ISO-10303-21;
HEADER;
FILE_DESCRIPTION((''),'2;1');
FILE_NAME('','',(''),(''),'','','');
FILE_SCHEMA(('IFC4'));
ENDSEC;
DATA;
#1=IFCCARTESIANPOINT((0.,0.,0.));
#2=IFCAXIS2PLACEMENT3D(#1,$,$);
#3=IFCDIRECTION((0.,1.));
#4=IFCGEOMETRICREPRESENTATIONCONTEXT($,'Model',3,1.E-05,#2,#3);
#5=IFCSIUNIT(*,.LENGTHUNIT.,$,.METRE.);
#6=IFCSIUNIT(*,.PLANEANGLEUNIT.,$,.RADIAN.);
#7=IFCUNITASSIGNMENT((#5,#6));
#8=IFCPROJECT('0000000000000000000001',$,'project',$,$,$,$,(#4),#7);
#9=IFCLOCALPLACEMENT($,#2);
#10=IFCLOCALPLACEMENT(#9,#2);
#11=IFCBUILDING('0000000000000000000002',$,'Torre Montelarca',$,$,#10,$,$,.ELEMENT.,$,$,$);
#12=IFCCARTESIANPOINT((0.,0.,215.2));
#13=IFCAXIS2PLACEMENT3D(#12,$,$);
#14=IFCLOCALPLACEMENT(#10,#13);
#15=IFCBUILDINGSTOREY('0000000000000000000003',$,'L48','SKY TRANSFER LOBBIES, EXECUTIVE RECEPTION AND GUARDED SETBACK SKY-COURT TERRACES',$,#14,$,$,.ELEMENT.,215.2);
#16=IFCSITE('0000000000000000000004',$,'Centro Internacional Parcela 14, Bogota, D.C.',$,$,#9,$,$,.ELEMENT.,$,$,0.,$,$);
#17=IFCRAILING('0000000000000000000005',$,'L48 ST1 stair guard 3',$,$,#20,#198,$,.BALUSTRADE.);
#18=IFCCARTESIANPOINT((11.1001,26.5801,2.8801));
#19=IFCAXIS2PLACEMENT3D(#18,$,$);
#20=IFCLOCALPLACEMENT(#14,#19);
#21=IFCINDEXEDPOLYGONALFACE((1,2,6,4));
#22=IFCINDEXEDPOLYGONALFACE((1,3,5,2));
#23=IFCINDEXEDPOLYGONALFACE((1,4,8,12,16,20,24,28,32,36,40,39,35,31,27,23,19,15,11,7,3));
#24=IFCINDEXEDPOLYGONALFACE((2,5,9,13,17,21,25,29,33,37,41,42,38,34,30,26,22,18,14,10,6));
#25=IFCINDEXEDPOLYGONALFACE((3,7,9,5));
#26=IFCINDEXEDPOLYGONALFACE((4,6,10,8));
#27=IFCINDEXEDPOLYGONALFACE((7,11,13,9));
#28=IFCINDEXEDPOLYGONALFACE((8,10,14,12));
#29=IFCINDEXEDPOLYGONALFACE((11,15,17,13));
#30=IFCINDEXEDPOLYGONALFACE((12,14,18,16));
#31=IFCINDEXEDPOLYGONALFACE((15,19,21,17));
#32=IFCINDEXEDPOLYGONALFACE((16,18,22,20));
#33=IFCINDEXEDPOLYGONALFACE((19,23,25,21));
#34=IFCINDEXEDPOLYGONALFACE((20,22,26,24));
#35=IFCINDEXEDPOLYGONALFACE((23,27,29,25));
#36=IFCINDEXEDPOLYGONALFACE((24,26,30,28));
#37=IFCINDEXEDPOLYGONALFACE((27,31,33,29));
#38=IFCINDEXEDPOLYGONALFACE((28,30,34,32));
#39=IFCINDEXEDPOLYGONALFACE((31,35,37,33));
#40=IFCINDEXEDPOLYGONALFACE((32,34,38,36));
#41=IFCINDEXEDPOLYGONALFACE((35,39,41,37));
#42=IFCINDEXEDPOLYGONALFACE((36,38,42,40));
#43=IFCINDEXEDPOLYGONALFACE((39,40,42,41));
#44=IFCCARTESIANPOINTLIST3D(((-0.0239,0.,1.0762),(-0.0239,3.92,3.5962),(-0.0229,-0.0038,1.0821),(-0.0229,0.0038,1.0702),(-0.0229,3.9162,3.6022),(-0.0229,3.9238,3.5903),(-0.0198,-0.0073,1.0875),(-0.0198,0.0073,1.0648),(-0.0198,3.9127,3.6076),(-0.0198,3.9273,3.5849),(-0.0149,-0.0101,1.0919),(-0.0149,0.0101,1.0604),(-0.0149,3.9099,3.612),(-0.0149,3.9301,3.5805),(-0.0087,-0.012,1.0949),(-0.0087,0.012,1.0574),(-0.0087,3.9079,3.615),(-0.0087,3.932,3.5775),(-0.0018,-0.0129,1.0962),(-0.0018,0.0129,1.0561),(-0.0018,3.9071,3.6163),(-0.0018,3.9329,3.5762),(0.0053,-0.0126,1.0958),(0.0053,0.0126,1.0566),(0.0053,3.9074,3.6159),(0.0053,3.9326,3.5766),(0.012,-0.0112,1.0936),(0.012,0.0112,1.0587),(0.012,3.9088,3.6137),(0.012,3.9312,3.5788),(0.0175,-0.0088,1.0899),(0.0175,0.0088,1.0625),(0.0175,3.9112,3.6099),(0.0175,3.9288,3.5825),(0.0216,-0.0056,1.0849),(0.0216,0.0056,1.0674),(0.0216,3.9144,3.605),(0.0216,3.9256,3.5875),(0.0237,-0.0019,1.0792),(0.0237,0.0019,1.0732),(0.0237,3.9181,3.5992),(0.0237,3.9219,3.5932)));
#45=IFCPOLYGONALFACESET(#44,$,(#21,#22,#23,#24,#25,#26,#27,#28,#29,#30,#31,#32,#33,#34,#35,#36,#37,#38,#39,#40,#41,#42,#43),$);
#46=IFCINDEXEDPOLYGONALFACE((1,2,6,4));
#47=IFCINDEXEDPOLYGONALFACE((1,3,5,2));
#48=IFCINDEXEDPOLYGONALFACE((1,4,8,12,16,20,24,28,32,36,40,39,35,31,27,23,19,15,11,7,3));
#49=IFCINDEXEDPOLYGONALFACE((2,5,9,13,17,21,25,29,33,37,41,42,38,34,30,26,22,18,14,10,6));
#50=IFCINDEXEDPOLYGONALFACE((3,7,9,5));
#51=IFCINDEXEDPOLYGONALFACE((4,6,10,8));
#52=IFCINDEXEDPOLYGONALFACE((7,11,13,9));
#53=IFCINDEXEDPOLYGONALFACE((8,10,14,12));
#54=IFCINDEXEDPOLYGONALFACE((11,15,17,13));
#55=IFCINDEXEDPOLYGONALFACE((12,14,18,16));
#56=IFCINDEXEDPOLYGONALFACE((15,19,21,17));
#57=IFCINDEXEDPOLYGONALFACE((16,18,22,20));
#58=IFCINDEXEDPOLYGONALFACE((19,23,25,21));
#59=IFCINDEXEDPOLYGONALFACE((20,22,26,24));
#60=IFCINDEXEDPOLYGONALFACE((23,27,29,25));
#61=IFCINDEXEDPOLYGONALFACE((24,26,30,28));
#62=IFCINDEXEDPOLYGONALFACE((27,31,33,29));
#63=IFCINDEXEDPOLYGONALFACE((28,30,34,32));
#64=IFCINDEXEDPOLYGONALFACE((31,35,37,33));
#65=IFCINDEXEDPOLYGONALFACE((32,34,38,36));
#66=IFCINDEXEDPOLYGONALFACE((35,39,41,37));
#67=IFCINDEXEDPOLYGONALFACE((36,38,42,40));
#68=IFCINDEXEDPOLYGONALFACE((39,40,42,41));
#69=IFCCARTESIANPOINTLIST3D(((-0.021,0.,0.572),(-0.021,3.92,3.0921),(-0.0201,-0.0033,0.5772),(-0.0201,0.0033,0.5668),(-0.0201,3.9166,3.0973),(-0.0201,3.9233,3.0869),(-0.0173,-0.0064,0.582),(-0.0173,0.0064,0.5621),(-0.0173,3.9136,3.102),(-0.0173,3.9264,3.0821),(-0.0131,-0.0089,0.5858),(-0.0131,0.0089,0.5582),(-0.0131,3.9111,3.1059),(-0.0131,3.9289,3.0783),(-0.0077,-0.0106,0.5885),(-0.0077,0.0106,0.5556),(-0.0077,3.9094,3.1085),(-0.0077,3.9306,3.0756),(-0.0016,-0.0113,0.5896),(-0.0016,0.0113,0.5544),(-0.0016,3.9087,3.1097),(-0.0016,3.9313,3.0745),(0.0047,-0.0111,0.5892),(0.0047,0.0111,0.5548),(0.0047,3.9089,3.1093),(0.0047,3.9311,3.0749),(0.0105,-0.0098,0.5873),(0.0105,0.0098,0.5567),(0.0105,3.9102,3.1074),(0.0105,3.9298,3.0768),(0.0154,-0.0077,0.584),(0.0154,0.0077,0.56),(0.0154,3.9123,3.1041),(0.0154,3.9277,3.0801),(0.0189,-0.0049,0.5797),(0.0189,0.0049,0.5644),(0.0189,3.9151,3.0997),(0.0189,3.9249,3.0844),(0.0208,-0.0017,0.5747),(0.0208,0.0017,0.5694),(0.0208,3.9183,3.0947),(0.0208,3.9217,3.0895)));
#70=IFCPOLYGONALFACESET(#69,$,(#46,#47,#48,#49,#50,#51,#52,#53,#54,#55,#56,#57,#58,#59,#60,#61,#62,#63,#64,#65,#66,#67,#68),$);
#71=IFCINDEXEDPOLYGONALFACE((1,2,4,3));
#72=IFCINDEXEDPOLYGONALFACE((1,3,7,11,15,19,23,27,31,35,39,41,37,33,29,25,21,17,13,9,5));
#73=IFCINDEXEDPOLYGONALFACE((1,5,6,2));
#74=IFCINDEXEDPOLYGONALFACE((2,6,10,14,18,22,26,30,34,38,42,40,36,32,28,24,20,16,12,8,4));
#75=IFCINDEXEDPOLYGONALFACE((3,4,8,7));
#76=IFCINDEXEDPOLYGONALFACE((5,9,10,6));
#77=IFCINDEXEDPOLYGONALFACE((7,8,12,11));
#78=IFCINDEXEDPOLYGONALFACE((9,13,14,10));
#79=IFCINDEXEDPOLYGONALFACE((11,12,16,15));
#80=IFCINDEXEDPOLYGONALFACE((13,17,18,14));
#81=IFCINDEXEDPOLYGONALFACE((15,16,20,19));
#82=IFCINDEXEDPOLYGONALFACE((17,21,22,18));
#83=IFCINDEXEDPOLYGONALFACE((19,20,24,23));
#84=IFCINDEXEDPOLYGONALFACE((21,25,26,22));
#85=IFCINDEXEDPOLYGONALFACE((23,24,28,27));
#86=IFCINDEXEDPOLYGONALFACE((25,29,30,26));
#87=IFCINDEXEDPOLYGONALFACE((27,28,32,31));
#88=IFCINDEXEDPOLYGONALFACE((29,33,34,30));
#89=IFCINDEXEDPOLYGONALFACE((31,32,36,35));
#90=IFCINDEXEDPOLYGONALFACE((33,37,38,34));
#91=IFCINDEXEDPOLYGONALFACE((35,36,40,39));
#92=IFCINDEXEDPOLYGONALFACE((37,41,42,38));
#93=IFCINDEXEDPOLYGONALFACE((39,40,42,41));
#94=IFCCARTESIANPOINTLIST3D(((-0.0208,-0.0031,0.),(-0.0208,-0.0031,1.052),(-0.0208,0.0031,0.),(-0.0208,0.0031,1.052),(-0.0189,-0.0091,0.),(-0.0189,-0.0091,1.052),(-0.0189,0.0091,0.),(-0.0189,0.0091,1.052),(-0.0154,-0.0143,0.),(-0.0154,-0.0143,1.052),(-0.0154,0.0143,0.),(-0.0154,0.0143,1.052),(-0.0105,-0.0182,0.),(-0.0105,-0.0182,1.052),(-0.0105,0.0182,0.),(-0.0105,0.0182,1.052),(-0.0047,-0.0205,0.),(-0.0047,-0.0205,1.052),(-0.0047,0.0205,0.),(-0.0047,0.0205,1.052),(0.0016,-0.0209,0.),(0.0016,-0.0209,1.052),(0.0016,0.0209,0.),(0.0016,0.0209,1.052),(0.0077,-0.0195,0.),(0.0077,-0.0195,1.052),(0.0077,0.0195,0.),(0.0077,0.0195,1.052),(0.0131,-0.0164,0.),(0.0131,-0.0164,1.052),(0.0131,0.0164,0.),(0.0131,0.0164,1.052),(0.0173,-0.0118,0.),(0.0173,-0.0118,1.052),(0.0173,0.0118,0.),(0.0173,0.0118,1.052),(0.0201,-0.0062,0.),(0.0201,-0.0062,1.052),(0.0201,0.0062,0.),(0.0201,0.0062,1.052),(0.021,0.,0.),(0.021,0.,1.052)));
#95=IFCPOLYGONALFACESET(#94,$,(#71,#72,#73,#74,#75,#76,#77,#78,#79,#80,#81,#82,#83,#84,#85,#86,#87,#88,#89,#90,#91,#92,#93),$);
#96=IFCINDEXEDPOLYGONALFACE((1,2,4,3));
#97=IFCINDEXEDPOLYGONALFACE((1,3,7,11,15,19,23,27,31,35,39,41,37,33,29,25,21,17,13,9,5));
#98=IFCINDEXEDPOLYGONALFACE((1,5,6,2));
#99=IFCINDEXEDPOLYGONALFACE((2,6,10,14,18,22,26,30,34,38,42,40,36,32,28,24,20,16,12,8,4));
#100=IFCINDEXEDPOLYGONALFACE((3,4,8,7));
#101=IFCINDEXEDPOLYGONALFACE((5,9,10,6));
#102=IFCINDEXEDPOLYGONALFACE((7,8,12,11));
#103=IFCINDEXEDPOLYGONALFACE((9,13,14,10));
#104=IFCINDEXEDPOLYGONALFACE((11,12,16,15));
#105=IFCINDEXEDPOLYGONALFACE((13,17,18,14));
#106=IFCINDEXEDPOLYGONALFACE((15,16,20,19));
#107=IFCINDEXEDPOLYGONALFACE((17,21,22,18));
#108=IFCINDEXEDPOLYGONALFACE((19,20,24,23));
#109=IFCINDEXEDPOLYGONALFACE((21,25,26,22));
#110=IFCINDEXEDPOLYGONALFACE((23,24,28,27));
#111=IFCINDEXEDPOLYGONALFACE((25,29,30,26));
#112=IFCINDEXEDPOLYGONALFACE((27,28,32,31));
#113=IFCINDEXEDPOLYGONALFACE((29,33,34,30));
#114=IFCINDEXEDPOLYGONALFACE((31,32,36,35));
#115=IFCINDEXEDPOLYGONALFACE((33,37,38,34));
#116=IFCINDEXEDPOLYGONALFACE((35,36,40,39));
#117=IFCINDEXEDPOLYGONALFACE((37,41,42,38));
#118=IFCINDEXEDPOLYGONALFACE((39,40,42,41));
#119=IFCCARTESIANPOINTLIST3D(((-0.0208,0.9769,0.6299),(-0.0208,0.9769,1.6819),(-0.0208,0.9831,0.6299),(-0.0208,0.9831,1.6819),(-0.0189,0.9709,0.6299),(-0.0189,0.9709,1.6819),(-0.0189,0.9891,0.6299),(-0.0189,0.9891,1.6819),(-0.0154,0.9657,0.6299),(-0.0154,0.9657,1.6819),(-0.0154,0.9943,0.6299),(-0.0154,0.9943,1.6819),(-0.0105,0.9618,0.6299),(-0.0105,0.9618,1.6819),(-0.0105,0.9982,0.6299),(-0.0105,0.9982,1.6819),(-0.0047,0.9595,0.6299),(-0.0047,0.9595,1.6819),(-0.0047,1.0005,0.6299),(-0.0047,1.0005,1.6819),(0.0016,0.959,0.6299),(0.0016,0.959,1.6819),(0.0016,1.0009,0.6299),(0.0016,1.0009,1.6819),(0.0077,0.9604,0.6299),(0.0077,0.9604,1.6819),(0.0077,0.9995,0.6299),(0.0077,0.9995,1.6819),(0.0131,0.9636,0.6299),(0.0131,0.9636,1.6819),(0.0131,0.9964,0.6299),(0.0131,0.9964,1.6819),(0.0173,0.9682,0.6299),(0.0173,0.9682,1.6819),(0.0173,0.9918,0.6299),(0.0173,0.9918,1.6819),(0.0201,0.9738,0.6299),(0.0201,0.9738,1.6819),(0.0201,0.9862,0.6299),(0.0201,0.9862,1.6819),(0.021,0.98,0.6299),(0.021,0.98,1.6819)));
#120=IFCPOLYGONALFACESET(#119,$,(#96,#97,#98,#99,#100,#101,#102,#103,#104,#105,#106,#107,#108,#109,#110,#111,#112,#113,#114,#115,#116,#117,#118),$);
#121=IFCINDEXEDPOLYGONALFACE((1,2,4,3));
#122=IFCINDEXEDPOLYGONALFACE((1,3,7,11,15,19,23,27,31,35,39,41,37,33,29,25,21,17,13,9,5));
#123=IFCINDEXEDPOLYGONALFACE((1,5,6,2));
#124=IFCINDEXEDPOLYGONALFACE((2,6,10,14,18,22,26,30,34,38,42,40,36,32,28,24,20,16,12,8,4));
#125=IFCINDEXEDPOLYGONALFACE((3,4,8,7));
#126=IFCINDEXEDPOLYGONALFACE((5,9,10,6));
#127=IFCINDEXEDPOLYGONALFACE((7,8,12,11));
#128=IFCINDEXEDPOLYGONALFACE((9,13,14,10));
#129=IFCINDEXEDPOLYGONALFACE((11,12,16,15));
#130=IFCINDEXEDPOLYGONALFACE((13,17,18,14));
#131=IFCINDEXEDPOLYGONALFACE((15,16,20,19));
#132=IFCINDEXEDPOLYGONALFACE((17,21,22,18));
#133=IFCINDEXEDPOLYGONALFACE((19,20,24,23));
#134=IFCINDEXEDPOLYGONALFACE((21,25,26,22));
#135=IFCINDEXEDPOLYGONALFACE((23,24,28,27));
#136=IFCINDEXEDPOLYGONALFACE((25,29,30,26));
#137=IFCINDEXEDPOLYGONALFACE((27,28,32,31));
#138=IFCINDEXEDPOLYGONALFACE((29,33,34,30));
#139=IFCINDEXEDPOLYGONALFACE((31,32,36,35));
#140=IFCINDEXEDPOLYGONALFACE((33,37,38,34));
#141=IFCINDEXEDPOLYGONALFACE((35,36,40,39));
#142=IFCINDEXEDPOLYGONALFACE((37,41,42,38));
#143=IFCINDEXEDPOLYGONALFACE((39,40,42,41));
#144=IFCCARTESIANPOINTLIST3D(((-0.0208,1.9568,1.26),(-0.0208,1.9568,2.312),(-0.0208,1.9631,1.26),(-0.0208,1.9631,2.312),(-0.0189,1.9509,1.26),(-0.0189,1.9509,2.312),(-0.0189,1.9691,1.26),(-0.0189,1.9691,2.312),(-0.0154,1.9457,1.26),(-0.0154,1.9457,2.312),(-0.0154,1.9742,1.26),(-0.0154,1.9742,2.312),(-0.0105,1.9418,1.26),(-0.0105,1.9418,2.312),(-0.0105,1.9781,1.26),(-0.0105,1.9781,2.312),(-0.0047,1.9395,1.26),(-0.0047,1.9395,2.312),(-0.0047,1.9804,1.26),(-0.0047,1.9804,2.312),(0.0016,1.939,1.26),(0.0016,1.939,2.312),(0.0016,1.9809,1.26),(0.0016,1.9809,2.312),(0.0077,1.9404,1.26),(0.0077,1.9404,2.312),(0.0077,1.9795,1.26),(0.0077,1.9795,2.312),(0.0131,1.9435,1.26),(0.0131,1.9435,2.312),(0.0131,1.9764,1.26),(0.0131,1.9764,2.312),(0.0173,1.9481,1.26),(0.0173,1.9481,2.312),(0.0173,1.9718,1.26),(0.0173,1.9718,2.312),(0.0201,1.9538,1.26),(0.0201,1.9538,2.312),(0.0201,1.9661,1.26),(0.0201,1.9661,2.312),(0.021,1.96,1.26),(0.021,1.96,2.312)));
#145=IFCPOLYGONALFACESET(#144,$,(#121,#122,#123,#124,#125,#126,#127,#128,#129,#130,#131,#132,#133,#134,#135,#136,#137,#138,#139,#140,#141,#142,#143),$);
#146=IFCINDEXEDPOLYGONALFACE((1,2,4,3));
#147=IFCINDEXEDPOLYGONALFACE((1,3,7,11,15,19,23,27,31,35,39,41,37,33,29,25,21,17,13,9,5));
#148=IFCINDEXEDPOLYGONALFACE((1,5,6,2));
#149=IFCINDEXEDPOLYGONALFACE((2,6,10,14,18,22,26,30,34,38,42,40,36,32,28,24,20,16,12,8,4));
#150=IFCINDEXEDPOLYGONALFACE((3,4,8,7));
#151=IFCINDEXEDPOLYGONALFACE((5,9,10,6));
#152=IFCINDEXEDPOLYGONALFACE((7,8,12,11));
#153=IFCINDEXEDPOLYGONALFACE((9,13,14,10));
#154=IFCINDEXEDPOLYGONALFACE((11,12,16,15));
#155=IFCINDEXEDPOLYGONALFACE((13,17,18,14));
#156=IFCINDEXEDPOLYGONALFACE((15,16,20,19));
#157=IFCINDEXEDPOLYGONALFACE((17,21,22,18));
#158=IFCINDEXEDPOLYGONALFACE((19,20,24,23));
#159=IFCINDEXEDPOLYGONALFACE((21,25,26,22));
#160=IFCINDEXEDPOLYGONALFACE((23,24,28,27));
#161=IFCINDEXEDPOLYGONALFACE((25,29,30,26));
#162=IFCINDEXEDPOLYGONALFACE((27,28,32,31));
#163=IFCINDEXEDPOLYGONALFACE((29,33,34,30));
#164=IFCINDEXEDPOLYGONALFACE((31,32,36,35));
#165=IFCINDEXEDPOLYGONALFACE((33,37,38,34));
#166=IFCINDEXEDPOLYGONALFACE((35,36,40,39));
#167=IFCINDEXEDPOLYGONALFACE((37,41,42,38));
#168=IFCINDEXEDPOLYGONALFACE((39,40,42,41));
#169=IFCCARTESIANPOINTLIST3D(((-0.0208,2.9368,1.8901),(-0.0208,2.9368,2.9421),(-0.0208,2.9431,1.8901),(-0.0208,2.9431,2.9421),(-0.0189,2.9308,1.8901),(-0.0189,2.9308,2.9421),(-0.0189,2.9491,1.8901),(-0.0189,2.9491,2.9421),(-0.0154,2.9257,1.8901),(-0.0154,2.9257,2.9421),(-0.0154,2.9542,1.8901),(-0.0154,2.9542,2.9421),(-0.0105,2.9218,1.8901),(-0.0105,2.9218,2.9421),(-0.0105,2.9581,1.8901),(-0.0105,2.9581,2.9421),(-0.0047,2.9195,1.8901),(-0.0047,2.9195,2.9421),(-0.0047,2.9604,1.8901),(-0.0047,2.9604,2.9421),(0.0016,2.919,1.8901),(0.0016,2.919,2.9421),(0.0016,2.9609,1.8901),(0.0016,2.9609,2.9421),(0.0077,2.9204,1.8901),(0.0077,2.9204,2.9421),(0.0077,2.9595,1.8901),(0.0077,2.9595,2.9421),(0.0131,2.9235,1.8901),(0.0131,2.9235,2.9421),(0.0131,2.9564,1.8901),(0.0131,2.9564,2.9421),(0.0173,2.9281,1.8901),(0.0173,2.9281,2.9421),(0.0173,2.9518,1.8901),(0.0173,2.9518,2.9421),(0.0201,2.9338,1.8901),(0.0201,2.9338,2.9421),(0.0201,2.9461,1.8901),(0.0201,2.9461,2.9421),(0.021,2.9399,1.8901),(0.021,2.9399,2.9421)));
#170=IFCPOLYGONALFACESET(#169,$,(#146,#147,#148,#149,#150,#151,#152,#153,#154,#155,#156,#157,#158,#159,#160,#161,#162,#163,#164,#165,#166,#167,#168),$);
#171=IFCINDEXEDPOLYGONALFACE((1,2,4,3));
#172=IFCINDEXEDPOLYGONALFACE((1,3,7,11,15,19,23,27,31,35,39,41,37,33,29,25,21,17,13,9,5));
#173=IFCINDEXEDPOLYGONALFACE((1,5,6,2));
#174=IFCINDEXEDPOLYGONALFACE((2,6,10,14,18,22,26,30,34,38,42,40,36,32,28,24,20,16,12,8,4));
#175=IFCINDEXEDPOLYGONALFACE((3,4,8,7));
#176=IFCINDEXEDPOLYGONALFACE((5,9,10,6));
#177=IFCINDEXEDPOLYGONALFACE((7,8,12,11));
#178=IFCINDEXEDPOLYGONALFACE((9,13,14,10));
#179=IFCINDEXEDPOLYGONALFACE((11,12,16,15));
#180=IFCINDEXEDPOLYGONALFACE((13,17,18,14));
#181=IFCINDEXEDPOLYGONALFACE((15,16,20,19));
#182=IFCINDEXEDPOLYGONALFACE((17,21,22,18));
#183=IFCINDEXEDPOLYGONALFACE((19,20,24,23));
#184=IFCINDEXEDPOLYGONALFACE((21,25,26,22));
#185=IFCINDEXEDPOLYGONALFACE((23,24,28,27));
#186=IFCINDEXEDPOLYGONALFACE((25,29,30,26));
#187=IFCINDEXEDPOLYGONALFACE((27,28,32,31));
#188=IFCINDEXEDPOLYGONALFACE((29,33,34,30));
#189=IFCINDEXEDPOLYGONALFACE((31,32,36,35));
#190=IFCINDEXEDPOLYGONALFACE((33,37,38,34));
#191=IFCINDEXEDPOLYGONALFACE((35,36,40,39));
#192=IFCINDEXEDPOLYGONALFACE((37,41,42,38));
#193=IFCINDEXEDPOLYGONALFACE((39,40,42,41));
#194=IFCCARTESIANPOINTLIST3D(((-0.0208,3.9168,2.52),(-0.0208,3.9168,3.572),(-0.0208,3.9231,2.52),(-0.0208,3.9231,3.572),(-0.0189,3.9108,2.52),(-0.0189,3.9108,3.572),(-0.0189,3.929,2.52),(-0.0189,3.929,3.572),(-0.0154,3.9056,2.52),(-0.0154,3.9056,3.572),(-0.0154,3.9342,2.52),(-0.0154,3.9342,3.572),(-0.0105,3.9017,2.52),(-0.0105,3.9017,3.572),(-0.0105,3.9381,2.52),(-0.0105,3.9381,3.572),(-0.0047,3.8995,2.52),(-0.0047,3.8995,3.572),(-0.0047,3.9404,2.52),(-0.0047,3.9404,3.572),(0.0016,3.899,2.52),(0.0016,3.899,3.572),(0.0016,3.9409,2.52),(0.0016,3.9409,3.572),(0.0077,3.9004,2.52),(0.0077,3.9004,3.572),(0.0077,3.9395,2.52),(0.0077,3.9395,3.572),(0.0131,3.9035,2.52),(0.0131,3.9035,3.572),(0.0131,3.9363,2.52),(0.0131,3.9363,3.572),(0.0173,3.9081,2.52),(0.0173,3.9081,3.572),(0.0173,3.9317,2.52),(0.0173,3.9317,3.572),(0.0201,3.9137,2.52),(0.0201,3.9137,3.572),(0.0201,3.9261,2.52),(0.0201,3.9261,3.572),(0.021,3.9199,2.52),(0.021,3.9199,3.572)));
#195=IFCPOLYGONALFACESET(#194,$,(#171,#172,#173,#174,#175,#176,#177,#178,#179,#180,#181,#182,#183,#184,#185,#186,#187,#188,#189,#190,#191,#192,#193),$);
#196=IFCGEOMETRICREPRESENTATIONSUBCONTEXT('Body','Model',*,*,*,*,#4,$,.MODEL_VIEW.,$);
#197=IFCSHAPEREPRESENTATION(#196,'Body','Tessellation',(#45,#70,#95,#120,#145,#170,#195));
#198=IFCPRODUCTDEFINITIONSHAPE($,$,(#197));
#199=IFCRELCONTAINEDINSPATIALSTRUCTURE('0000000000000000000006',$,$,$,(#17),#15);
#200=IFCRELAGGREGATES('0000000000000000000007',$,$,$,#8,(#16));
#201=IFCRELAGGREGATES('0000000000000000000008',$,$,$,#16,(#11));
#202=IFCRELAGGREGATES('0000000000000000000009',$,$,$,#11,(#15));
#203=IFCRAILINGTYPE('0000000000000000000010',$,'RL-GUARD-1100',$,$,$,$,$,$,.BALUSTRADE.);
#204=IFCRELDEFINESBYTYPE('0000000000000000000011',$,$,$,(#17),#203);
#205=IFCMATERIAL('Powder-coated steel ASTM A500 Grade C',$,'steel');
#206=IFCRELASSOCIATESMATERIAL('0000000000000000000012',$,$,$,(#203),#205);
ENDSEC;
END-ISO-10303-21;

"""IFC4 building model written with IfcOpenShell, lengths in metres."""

from ifc_helpers import new_model, si_unit, direction, frame, origin, origin_2d, place, context, subcontext, project, spatial, circle, extrude, material, type_object, element, save


model = new_model("IFC4")

# Units and contexts
model_context = context("Model", 3, precision=1e-05, world=origin(), true_north=direction((0.0, 1.0)))
body_context = subcontext(model_context, "Body", "Model", "MODEL_VIEW")
ifc_project = project(units=[si_unit("LENGTHUNIT", "METRE"), si_unit("PLANEANGLEUNIT", "RADIAN")], contexts=[model_context])

# Site, building, storey
site_placement = place(None, origin())
site = spatial("IfcSite", under=ifc_project, at=site_placement, Name="Centro Internacional Parcela 14, Bogota, D.C.", CompositionType="ELEMENT", RefElevation=0.0)
building_placement = place(site_placement, origin())
building = spatial("IfcBuilding", under=site, at=building_placement, Name="Torre Montelarca", CompositionType="ELEMENT")
storey_placement = place(building_placement, frame((0.0, 0.0, 215.2)))
storey = spatial("IfcBuildingStorey", under=building, at=storey_placement, Name="L48", Description="SKY TRANSFER LOBBIES, EXECUTIVE RECEPTION AND GUARDED SETBACK SKY-COURT TERRACES", CompositionType="ELEMENT", Elevation=215.2)

# Railing
ifc_material_1 = material(Name="Powder-coated steel ASTM A500 Grade C", Category="steel")
railing_type_1 = type_object("IfcRailingType", Name="RL-GUARD-1100", PredefinedType="BALUSTRADE", material=ifc_material_1)
railing_1_placement = place(storey_placement, frame((11.1001, 26.5801, 2.8801)))
element("IfcRailing", 1, at=railing_1_placement, inside=storey, type_object=railing_type_1, Name="L48 ST1 stair guard 3", PredefinedType="BALUSTRADE", context=body_context, shape_type="SweptSolid", body=[
    extrude(circle(Radius=0.0239, at=origin_2d()), frame((0.0, 0.0, 1.0762), z_axis=(0.0, 0.841172, 0.540768), x_axis=(-1.0, 0.0, 0.0)), (0.0, 0.0, 1.0), 4.6602),
    extrude(circle(Radius=0.021, at=origin_2d()), frame((0.0, 0.0, 0.572), z_axis=(0.0, 0.841172, 0.540768), x_axis=(-1.0, 0.0, 0.0)), (0.0, 0.0, 1.0), 4.6602),
    extrude(circle(Radius=0.021, at=origin_2d()), origin(), (0.0, 0.0, 1.0), 1.052),
    extrude(circle(Radius=0.021, at=origin_2d()), frame((0.0, 0.98, 0.6299)), (0.0, 0.0, 1.0), 1.052),
    extrude(circle(Radius=0.021, at=origin_2d()), frame((0.0, 1.96, 1.26)), (0.0, 0.0, 1.0), 1.052),
    extrude(circle(Radius=0.021, at=origin_2d()), frame((0.0, 2.9399, 1.8901)), (0.0, 0.0, 1.0), 1.052),
    extrude(circle(Radius=0.021, at=origin_2d()), frame((0.0, 3.9199, 2.52)), (0.0, 0.0, 1.0), 1.052),
])

save(model, "model.ifc")
